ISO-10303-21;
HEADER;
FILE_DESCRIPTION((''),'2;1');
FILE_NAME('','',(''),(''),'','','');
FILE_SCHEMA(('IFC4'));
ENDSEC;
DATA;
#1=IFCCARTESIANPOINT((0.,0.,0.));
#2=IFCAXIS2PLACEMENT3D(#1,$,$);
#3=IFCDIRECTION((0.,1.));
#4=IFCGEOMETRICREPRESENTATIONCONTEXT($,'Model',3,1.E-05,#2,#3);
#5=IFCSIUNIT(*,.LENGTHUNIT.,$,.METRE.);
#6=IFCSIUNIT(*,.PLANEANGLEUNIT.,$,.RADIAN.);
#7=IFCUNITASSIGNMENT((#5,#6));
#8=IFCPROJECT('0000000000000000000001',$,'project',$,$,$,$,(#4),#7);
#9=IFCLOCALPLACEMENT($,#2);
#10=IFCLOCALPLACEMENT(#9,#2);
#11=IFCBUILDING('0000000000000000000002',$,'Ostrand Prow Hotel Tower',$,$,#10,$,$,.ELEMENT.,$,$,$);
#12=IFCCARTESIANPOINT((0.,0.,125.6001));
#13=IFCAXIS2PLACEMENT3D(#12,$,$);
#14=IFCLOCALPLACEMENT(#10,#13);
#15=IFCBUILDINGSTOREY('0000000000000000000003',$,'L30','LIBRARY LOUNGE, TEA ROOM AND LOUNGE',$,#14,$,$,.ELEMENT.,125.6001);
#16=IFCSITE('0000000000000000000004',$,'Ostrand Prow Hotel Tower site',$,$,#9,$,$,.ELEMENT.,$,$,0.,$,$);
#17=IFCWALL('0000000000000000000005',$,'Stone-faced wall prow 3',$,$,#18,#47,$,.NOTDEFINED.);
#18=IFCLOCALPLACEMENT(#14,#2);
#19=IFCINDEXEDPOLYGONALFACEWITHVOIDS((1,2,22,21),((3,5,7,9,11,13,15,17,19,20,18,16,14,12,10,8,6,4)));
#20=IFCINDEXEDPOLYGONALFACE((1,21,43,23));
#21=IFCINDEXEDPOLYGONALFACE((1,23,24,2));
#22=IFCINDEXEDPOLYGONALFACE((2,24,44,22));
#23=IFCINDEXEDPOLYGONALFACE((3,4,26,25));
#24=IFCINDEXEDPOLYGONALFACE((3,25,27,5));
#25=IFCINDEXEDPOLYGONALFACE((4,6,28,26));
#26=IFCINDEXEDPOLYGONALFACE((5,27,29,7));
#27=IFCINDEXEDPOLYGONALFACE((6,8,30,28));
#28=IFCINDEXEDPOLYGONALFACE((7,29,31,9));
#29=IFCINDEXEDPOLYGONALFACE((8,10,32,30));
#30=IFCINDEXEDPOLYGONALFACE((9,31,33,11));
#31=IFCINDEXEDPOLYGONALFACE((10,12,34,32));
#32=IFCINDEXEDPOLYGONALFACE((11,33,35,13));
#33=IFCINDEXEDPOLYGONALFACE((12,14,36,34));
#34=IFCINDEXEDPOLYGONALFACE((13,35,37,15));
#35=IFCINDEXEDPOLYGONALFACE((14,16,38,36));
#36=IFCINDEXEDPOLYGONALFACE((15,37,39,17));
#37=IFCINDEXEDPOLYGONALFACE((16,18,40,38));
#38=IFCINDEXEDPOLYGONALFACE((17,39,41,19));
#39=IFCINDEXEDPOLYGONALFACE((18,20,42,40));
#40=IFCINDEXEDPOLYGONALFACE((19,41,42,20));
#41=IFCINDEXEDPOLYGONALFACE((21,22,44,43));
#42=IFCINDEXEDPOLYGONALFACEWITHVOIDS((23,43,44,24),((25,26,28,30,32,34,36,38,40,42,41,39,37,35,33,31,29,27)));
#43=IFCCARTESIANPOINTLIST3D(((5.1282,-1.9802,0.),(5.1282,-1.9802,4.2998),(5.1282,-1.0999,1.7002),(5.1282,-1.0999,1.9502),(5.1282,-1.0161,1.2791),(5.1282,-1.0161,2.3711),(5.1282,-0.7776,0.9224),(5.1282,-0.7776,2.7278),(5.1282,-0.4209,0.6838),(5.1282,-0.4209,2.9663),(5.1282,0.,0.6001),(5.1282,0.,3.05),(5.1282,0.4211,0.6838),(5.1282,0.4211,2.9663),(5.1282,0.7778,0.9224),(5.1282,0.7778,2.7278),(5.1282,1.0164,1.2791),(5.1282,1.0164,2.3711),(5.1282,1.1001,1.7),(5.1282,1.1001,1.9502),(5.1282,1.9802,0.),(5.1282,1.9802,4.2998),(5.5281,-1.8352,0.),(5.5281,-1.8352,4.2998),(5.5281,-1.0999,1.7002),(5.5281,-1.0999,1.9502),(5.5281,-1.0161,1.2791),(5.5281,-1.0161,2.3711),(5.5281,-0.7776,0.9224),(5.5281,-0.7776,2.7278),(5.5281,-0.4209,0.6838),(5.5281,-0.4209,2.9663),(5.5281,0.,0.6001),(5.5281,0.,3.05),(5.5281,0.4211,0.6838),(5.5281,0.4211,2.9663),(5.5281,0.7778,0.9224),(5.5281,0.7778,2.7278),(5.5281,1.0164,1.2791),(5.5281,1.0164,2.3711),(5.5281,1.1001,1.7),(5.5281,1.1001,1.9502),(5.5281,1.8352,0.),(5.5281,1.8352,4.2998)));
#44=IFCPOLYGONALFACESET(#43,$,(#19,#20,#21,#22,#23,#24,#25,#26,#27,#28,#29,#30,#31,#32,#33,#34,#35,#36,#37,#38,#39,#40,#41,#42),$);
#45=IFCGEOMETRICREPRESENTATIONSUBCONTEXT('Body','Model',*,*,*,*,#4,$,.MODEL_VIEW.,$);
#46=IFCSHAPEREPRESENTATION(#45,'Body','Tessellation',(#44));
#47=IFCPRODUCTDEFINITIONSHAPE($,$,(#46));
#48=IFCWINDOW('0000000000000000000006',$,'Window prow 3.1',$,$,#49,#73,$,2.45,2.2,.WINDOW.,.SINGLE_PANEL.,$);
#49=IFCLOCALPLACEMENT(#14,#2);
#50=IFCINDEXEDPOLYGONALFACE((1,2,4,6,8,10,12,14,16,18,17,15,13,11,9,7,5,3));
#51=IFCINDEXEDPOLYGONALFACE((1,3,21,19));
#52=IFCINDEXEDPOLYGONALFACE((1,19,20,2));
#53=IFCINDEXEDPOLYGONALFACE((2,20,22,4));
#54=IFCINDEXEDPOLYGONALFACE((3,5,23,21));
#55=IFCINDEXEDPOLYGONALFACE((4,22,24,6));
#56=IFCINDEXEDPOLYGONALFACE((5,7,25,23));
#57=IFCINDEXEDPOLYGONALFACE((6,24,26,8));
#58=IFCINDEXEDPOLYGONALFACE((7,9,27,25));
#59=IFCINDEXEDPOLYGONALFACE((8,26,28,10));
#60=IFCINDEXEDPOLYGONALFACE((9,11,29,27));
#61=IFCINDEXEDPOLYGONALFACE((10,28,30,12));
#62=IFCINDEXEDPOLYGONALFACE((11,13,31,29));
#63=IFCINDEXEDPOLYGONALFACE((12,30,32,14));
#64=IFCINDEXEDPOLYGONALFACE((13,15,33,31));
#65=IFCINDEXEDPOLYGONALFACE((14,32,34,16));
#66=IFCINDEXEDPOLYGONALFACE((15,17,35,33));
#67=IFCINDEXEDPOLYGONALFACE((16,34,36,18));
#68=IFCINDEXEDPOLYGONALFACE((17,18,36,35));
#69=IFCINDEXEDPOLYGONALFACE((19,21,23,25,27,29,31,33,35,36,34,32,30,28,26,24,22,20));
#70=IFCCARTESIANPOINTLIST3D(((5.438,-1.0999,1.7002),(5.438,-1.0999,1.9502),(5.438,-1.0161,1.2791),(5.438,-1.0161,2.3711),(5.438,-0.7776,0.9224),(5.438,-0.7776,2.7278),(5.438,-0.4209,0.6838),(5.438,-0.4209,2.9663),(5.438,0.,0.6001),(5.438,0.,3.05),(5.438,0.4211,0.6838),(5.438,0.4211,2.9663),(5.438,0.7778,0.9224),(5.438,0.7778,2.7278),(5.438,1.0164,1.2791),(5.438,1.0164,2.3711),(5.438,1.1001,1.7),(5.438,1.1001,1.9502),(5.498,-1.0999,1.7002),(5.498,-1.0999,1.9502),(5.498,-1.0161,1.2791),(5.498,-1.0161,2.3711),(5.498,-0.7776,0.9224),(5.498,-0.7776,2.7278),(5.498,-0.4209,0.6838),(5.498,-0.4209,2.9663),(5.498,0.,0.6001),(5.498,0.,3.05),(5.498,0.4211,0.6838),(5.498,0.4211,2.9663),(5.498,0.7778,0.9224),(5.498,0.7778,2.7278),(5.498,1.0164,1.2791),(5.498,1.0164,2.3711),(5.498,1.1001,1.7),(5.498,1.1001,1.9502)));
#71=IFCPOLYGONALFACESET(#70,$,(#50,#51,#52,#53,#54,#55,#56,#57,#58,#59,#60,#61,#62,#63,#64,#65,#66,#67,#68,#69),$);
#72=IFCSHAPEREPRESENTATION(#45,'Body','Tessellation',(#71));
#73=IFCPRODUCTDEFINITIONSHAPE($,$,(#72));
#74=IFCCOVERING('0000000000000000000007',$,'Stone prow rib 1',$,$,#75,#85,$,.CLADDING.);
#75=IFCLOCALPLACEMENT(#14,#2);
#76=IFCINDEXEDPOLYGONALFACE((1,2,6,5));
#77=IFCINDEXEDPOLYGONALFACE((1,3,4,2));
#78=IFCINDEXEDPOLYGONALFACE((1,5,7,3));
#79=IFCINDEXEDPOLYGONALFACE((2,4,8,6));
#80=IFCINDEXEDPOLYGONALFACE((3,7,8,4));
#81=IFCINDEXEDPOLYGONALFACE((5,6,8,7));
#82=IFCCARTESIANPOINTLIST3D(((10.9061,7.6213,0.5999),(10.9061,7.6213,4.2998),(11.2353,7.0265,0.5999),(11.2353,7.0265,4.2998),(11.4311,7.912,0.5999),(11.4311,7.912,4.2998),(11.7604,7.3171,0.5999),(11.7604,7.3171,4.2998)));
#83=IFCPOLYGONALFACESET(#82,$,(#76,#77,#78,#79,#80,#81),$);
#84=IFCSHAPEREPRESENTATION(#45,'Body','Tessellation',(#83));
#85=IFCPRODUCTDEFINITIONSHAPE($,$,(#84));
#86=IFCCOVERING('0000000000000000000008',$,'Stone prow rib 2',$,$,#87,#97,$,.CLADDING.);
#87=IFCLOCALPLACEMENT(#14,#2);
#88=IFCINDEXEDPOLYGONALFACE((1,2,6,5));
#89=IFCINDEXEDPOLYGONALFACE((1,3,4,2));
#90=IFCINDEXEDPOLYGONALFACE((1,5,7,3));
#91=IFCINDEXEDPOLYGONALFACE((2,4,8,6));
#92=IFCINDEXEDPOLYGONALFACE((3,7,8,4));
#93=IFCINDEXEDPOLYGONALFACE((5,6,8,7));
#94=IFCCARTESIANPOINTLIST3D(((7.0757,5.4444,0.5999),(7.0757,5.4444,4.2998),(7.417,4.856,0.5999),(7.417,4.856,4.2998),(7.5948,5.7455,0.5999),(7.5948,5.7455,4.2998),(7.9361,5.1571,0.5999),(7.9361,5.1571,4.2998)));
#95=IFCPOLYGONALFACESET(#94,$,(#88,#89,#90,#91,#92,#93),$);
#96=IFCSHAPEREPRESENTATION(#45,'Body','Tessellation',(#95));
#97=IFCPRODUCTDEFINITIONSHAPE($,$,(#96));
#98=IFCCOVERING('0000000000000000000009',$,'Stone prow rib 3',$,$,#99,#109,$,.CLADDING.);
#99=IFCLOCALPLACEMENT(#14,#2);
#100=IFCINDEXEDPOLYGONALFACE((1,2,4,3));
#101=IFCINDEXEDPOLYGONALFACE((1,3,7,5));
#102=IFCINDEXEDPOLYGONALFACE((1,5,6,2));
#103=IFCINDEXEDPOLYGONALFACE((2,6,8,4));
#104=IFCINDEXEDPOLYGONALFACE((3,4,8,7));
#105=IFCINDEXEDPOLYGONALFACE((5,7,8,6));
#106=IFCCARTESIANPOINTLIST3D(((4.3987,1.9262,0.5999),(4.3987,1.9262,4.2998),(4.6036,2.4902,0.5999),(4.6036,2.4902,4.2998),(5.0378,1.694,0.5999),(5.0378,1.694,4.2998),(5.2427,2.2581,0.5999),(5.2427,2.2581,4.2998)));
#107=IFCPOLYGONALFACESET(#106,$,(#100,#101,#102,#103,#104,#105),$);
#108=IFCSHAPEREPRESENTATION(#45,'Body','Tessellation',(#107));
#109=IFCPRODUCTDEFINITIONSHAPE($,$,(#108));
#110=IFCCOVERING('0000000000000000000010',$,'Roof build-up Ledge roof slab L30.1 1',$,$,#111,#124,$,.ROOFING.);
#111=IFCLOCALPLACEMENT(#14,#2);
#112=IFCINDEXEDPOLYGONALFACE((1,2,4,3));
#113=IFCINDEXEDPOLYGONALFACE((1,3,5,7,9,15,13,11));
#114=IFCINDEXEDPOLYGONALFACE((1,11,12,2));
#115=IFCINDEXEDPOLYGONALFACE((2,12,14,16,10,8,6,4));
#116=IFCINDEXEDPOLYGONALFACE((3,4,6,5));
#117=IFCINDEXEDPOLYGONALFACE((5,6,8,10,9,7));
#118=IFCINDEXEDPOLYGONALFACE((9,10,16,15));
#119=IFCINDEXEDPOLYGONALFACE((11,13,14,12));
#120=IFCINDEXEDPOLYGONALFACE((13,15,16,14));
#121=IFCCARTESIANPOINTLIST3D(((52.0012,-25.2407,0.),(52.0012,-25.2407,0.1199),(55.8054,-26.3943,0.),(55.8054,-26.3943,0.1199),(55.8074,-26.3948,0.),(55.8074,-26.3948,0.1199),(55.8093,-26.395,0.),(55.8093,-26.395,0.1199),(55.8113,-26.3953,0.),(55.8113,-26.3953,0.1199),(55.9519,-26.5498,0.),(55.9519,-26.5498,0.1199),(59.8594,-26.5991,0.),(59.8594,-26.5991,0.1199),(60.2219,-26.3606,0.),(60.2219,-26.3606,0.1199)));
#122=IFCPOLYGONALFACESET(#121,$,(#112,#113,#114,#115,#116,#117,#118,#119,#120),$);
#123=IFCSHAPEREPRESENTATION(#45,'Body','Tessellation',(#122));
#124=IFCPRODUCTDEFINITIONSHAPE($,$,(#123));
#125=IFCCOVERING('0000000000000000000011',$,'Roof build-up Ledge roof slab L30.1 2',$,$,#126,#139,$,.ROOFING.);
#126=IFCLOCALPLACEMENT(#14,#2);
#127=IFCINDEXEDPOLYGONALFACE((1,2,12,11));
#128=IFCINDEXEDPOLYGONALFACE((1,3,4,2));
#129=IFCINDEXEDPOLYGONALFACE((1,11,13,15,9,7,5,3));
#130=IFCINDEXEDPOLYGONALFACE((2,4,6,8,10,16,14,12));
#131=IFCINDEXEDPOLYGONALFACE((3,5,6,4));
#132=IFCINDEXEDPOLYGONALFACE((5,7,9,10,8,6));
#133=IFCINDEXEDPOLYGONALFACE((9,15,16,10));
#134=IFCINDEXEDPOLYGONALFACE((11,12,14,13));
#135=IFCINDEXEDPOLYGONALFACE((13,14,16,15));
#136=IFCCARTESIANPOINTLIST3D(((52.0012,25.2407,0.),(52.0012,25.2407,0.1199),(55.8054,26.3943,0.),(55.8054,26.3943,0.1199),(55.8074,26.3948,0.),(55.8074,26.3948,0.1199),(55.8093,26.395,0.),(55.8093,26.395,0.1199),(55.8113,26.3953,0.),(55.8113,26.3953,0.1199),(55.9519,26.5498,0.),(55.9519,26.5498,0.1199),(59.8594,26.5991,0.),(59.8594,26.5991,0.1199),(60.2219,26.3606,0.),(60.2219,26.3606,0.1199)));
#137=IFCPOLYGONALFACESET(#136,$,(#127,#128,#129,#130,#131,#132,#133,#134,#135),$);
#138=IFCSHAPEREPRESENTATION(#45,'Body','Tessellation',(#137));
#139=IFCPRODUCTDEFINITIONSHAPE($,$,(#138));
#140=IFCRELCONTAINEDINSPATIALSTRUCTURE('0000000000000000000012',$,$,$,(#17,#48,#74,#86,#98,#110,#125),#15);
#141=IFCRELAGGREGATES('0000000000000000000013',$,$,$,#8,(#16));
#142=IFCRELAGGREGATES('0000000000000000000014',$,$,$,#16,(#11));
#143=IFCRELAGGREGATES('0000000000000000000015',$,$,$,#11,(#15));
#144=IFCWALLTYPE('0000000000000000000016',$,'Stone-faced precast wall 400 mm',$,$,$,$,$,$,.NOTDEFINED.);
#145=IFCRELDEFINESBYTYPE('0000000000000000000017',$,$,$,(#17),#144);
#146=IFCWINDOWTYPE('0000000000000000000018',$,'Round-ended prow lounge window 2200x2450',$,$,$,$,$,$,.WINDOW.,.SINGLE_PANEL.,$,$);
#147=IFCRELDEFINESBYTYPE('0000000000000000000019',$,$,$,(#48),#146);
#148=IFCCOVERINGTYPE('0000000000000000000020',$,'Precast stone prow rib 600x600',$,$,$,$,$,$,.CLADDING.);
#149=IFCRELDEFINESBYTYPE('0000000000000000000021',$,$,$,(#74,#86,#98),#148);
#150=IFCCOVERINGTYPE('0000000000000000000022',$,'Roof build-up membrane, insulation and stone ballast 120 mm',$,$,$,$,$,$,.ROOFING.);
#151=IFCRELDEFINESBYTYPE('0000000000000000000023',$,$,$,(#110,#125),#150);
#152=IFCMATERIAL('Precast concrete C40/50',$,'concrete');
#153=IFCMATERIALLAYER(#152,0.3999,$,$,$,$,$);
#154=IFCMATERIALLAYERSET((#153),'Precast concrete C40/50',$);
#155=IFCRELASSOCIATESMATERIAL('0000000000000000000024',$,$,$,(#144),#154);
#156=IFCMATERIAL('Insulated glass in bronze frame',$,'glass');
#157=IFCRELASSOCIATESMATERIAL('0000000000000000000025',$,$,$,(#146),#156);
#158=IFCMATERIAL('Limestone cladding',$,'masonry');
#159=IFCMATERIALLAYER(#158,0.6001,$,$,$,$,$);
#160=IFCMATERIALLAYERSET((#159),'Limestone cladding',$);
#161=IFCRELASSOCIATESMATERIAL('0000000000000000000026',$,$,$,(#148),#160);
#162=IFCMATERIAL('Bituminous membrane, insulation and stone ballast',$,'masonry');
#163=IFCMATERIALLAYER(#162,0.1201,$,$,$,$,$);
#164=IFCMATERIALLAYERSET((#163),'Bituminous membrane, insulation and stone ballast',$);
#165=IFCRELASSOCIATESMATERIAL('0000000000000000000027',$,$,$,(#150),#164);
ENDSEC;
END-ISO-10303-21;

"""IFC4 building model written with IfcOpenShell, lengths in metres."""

from ifc_helpers import new_model, si_unit, direction, frame, frame_2d, origin, place, context, subcontext, project, spatial, polyline, rectangle, outline, extrude, material, layer, layer_set, type_object, element, fill, save


model = new_model("IFC4")

# Units and contexts
model_context = context("Model", 3, precision=1e-05, world=origin(), true_north=direction((0.0, 1.0)))
body_context = subcontext(model_context, "Body", "Model", "MODEL_VIEW")
ifc_project = project(units=[si_unit("LENGTHUNIT", "METRE"), si_unit("PLANEANGLEUNIT", "RADIAN")], contexts=[model_context])

# Site, building, storey
site_placement = place(None, origin())
site = spatial("IfcSite", under=ifc_project, at=site_placement, Name="Ostrand Prow Hotel Tower site", CompositionType="ELEMENT", RefElevation=0.0)
building_placement = place(site_placement, origin())
building = spatial("IfcBuilding", under=site, at=building_placement, Name="Ostrand Prow Hotel Tower", CompositionType="ELEMENT")
storey_placement = place(building_placement, frame((0.0, 0.0, 125.6001)))
storey = spatial("IfcBuildingStorey", under=building, at=storey_placement, Name="L30", Description="LIBRARY LOUNGE, TEA ROOM AND LOUNGE", CompositionType="ELEMENT", Elevation=125.6001)

# Wall, opening, window
ifc_material_1 = material(Name="Precast concrete C40/50", Category="concrete")
ifc_layer_1 = layer(ifc_material_1, 0.3999)
ifc_layer_set_1 = layer_set([ifc_layer_1], Name="Precast concrete C40/50")
wall_type_1 = type_object("IfcWallType", Name="Stone-faced precast wall 400 mm", PredefinedType="NOTDEFINED", material=ifc_layer_set_1)
ifc_material_2 = material(Name="Insulated glass in bronze frame", Category="glass")
window_type = type_object("IfcWindowType", Name="Round-ended prow lounge window 2200x2450", PartitioningType="SINGLE_PANEL", PredefinedType="WINDOW", material=ifc_material_2)
wall_1_placement = place(storey_placement, frame((5.3281, 1.9077, 0.0), z_axis=(0.0, 0.0, 1.0), x_axis=(0.0, -1.0, 0.0)))
wall_1 = element("IfcWall", 1, at=wall_1_placement, inside=storey, type_object=wall_type_1, Name="Stone-faced wall prow 3", PredefinedType="NOTDEFINED", context=body_context, shape_type="SweptSolid", body=[
    extrude(outline(polyline([(-0.0725, -0.2), (3.8879, -0.2), (3.7429, 0.2), (0.0725, 0.2), (-0.0725, -0.2)])), origin(), (0.0, 0.0, 1.0), 4.2998),
])
opening_1_placement = place(wall_1_placement, frame((0.8076, 0.0, 0.6001)))
opening_1 = element("IfcOpeningElement", 2, at=opening_1_placement, cuts=wall_1, PredefinedType="OPENING", context=body_context, shape_type="SweptSolid", body=[
    extrude(outline(polyline([(0.0, 1.3501), (0.0837, 1.771), (0.3223, 2.1277), (0.679, 2.3662), (1.1001, 2.45), (1.521, 2.3662), (1.8777, 2.1277), (2.1162, 1.771), (2.2, 1.3501), (2.2, 1.1001), (2.1162, 0.679), (1.8777, 0.3223), (1.521, 0.0837), (1.1001, 0.0), (0.679, 0.0837), (0.3223, 0.3223), (0.0837, 0.679), (0.0, 1.0999), (0.0, 1.3501)])), frame((0.0, 0.21, 0.0), z_axis=(0.0, -1.0, 0.0), x_axis=(1.0, 0.0, 0.0)), (0.0, 0.0, 1.0), 0.4199),
])
window_1_placement = place(opening_1_placement, origin())
window_1 = element("IfcWindow", 3, at=window_1_placement, inside=storey, type_object=window_type, Name="Window prow 3.1", OverallHeight=2.45, OverallWidth=2.2, PartitioningType="SINGLE_PANEL", PredefinedType="WINDOW", context=body_context, shape_type="SweptSolid", body=[
    extrude(outline(polyline([(0.0, 1.3501), (0.0837, 1.771), (0.3223, 2.1277), (0.679, 2.3662), (1.1001, 2.45), (1.521, 2.3662), (1.8777, 2.1277), (2.1162, 1.771), (2.2, 1.3501), (2.2, 1.1001), (2.1162, 0.679), (1.8777, 0.3223), (1.521, 0.0837), (1.1001, 0.0), (0.679, 0.0837), (0.3223, 0.3223), (0.0837, 0.679), (0.0, 1.0999), (0.0, 1.3501)])), frame((0.0, 0.1699, 0.0), z_axis=(0.0, -1.0, 0.0), x_axis=(1.0, 0.0, 0.0)), (0.0, 0.0, 1.0), 0.0601),
])
fill(opening_1, window_1)

# Coverings
ifc_material_3 = material(Name="Limestone cladding", Category="masonry")
ifc_layer_2 = layer(ifc_material_3, 0.6001)
ifc_layer_set_2 = layer_set([ifc_layer_2], Name="Limestone cladding")
covering_type_1 = type_object("IfcCoveringType", Name="Precast stone prow rib 600x600", PredefinedType="CLADDING", material=ifc_layer_set_2)
covering_1_placement = place(storey_placement, frame((11.4978, 7.1719, 0.5999), z_axis=(0.0, 0.0, 1.0), x_axis=(-0.484301, 0.874901, 0.0)))
element("IfcCovering", 4, at=covering_1_placement, inside=storey, type_object=covering_type_1, Name="Stone prow rib 1", PredefinedType="CLADDING", context=body_context, shape_type="SweptSolid", body=[
    extrude(rectangle(XDim=0.6799, YDim=0.6001, at=frame_2d((0.3398, 0.0))), origin(), (0.0, 0.0, 1.0), 3.7),
])
covering_2_placement = place(storey_placement, frame((7.6765, 5.0066, 0.5999), z_axis=(0.0, 0.0, 1.0), x_axis=(-0.501772, 0.865, 0.0)))
element("IfcCovering", 5, at=covering_2_placement, inside=storey, type_object=covering_type_1, Name="Stone prow rib 2", PredefinedType="CLADDING", context=body_context, shape_type="SweptSolid", body=[
    extrude(rectangle(XDim=0.6802, YDim=0.6001, at=frame_2d((0.3401, 0.0))), origin(), (0.0, 0.0, 1.0), 3.7),
])
covering_3_placement = place(storey_placement, frame((5.1401, 1.9761, 0.5999), z_axis=(0.0, 0.0, 1.0), x_axis=(-0.939909, 0.341426, 0.0)))
element("IfcCovering", 6, at=covering_3_placement, inside=storey, type_object=covering_type_1, Name="Stone prow rib 3", PredefinedType="CLADDING", context=body_context, shape_type="SweptSolid", body=[
    extrude(rectangle(XDim=0.6799, YDim=0.6001, at=frame_2d((0.3398, 0.0))), origin(), (0.0, 0.0, 1.0), 3.7),
])
ifc_material_4 = material(Name="Bituminous membrane, insulation and stone ballast", Category="masonry")
ifc_layer_3 = layer(ifc_material_4, 0.1201)
ifc_layer_set_3 = layer_set([ifc_layer_3], Name="Bituminous membrane, insulation and stone ballast")
covering_type_2 = type_object("IfcCoveringType", Name="Roof build-up membrane, insulation and stone ballast 120 mm", PredefinedType="ROOFING", material=ifc_layer_set_3)
covering_4_placement = place(storey_placement, origin())
element("IfcCovering", 7, at=covering_4_placement, inside=storey, type_object=covering_type_2, Name="Roof build-up Ledge roof slab L30.1 1", PredefinedType="ROOFING", context=body_context, shape_type="SweptSolid", body=[
    extrude(outline(polyline([(52.0012, -25.2407), (55.9519, -26.5498), (59.8594, -26.5991), (60.2219, -26.3606), (55.8113, -26.3953), (55.8093, -26.395), (55.8074, -26.3948), (55.8054, -26.3943), (52.0012, -25.2407)])), origin(), (0.0, 0.0, 1.0), 0.1199),
])
covering_5_placement = place(storey_placement, origin())
element("IfcCovering", 8, at=covering_5_placement, inside=storey, type_object=covering_type_2, Name="Roof build-up Ledge roof slab L30.1 2", PredefinedType="ROOFING", context=body_context, shape_type="SweptSolid", body=[
    extrude(outline(polyline([(52.0012, 25.2407), (55.8054, 26.3943), (55.8074, 26.3948), (55.8093, 26.395), (55.8113, 26.3953), (60.2219, 26.3606), (59.8594, 26.5991), (55.9519, 26.5498), (52.0012, 25.2407)])), origin(), (0.0, 0.0, 1.0), 0.1199),
])

save(model, "model.ifc")
